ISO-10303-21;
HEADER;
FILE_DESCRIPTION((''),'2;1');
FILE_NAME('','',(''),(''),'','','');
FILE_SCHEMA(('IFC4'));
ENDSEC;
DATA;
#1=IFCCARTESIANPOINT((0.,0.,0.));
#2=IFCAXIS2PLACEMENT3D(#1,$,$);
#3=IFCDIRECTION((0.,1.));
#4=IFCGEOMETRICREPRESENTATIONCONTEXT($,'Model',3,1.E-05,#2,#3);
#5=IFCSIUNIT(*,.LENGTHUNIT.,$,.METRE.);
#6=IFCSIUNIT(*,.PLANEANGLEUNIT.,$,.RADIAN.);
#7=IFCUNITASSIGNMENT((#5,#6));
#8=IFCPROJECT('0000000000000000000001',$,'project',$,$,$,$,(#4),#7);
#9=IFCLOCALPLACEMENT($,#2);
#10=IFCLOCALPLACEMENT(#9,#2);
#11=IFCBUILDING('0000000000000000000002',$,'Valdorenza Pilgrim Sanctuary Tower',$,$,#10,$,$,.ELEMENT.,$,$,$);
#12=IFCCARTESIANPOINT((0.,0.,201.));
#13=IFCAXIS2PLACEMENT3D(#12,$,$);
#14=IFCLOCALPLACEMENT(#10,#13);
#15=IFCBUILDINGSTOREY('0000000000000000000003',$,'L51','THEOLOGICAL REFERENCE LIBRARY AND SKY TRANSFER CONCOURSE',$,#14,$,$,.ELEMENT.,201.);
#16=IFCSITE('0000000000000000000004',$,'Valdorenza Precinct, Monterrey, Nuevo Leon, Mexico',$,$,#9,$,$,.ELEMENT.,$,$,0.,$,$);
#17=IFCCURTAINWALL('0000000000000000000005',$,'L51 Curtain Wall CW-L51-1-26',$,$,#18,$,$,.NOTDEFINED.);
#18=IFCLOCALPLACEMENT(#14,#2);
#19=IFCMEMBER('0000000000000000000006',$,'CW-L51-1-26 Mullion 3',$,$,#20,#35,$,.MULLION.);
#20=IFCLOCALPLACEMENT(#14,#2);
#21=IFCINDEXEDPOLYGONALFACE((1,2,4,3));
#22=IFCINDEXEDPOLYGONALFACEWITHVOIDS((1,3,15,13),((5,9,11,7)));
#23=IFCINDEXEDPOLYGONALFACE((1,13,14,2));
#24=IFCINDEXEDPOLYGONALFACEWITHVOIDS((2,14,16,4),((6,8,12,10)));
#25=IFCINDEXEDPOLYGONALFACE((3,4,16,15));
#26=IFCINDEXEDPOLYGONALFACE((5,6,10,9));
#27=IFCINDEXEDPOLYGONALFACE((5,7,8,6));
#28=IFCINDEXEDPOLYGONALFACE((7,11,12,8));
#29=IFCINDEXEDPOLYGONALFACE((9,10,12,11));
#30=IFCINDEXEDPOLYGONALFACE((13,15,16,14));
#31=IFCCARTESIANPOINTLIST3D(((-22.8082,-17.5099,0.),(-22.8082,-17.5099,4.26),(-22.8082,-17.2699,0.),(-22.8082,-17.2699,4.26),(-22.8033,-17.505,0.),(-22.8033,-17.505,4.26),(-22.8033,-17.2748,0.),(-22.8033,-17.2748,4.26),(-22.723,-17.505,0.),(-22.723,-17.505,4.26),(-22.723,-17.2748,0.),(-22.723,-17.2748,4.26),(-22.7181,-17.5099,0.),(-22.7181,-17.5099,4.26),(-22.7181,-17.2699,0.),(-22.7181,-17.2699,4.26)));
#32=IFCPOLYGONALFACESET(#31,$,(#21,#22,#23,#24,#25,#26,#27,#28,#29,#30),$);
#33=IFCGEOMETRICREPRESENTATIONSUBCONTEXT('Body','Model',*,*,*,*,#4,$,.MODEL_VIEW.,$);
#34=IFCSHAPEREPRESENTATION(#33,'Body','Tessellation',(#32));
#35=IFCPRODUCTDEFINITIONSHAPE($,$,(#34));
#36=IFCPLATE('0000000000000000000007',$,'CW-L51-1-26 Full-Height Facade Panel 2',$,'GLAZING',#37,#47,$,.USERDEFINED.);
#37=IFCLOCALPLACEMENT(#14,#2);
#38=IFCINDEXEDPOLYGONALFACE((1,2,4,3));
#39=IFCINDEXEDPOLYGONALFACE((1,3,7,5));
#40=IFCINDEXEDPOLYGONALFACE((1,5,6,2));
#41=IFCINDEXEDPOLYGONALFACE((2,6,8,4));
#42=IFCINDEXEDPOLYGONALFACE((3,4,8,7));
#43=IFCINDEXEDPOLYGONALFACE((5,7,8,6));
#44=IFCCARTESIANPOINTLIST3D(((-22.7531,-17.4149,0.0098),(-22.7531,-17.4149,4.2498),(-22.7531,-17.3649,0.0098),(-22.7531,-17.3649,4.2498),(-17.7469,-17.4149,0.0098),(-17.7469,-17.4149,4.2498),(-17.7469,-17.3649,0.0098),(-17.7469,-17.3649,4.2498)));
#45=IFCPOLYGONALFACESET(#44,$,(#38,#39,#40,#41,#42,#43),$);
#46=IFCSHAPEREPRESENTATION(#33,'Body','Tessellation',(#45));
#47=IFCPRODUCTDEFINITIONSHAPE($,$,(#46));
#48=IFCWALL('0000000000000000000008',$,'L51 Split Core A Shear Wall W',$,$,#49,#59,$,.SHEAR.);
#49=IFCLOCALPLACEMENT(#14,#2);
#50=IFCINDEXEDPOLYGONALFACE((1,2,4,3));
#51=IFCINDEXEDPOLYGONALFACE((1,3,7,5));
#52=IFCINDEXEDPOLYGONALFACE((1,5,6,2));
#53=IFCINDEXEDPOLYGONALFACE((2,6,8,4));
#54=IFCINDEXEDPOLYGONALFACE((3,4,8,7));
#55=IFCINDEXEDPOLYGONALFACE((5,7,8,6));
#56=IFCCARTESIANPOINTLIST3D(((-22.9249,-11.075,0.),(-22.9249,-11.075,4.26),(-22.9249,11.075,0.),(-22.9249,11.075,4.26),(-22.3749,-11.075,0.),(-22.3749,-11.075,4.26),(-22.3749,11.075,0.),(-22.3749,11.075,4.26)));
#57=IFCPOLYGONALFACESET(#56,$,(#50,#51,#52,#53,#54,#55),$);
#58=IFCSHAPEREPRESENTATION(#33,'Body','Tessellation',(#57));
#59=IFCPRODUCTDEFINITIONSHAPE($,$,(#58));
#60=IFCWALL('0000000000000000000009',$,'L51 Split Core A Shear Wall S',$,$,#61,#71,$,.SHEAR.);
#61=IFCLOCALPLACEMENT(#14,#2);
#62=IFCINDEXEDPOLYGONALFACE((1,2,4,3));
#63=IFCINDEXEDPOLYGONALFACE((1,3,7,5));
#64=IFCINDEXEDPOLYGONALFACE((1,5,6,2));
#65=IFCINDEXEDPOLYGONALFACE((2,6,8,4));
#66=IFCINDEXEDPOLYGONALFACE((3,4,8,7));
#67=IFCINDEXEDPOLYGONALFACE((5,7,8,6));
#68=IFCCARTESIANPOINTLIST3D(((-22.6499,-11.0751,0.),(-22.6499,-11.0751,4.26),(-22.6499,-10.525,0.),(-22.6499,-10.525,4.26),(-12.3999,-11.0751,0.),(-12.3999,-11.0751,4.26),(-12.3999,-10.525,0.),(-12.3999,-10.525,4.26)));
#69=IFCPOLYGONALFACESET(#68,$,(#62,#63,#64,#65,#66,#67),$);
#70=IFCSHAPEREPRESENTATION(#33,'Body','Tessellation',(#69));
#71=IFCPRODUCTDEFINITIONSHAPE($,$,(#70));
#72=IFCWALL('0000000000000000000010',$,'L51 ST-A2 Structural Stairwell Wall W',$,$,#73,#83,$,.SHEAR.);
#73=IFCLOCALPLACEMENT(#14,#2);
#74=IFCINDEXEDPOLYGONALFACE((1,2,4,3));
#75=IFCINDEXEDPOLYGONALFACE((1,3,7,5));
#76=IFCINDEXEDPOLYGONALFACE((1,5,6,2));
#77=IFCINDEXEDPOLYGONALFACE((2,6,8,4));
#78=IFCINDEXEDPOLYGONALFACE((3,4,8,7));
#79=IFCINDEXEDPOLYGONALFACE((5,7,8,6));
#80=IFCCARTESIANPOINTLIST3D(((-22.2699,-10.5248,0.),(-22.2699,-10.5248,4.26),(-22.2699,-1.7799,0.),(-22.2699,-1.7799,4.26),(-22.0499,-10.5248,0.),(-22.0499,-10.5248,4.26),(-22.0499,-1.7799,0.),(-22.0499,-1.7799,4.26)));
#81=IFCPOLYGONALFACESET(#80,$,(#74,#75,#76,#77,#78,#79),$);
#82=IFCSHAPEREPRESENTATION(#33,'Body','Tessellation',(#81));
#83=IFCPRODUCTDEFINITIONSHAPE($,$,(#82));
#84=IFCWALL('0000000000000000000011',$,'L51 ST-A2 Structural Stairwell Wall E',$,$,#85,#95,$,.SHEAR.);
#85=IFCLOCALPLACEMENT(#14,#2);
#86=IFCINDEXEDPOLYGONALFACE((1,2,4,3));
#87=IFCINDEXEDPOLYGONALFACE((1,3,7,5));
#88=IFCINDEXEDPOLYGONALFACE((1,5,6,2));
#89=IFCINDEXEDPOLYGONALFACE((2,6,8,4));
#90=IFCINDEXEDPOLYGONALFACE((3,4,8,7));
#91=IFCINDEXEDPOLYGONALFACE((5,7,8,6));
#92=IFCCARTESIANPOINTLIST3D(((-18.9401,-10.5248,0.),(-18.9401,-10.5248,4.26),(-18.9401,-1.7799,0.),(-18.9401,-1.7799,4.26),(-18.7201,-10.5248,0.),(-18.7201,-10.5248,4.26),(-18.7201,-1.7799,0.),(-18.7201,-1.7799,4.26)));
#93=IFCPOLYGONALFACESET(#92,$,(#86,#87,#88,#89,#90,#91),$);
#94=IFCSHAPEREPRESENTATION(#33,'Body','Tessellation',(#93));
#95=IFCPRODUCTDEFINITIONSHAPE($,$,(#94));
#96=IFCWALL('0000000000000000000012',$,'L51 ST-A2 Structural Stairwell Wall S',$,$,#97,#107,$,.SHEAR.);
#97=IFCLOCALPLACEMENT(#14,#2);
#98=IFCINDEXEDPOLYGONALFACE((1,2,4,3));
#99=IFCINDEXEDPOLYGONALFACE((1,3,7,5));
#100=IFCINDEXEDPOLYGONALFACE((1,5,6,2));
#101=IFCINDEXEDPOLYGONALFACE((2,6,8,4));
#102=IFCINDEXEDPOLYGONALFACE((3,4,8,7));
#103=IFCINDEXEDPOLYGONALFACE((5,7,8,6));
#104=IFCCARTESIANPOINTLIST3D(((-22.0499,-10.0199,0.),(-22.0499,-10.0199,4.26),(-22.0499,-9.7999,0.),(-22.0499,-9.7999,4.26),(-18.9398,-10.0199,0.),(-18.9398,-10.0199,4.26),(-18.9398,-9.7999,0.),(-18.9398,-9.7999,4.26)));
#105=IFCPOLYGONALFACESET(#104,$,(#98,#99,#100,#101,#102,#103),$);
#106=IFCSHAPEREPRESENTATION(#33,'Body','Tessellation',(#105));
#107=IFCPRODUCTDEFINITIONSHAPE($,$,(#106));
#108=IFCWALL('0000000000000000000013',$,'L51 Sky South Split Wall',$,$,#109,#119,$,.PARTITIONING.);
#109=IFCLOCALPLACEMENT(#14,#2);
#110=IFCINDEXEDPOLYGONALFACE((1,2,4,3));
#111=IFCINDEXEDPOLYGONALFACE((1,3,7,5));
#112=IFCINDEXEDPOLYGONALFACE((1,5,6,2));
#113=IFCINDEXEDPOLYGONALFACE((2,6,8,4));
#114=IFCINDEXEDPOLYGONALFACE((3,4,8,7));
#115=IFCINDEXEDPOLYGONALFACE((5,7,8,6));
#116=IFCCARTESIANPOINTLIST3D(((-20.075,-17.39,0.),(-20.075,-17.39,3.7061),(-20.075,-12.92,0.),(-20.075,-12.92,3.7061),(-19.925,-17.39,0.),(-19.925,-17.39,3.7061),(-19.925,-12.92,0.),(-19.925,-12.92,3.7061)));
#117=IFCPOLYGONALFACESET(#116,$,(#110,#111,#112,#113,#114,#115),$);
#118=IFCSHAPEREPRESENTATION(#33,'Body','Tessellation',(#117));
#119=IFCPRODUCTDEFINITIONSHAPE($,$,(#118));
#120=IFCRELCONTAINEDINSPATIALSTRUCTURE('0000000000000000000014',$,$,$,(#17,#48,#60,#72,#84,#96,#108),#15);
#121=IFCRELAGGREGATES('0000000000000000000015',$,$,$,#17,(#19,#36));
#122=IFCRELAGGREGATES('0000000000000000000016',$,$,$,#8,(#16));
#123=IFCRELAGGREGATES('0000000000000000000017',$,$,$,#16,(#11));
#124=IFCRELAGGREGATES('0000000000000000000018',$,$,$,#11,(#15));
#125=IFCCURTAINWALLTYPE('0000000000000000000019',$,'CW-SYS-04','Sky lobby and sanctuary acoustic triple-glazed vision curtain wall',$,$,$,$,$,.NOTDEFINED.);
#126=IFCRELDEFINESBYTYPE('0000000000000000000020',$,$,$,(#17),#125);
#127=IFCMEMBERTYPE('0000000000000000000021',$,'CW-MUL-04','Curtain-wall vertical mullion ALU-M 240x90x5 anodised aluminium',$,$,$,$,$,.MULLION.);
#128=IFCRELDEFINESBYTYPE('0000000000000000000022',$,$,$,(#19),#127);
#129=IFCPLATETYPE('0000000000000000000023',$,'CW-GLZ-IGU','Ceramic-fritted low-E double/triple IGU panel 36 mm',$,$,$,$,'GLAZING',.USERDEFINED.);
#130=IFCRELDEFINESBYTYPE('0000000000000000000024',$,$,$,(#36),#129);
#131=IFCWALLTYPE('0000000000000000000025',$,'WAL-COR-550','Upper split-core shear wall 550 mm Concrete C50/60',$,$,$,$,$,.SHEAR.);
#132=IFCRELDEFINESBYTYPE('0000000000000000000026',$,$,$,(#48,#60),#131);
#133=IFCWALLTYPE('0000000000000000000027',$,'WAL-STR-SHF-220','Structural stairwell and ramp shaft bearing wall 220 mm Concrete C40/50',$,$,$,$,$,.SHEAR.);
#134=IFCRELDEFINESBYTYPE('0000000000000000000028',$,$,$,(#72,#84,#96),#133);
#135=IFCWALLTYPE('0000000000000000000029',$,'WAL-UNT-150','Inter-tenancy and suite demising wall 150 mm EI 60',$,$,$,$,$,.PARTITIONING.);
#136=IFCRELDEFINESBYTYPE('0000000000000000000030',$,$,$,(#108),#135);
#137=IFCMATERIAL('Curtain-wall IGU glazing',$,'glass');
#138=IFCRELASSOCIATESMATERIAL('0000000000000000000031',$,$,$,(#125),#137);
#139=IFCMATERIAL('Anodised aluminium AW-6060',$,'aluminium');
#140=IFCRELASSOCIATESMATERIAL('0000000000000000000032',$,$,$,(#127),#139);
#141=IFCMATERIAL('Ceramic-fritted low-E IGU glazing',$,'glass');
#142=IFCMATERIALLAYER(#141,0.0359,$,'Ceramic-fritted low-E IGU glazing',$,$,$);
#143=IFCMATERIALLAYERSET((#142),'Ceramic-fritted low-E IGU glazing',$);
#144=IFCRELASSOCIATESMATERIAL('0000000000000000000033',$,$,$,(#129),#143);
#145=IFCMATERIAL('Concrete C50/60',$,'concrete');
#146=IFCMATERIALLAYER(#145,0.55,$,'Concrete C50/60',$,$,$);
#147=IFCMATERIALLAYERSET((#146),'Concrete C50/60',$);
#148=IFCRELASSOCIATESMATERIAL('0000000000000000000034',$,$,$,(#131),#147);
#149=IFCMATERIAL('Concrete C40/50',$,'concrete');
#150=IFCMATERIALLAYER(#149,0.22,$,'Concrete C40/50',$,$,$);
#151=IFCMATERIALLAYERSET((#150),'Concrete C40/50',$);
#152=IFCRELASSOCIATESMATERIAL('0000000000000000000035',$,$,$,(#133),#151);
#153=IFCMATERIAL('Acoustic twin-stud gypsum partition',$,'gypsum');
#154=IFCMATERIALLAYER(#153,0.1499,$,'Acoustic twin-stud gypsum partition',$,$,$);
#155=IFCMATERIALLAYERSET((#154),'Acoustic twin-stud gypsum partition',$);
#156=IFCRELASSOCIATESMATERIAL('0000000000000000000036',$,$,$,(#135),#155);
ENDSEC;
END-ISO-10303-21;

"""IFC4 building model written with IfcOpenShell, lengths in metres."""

from ifc_helpers import new_model, si_unit, direction, frame, frame_2d, origin, origin_2d, place, context, subcontext, project, spatial, rectangle, hollow_rectangle, extrude, source, transform, mapped, material, layer, layer_set, material_profile, profile_set, type_object, element, aggregate, save


model = new_model("IFC4")

# Units and contexts
model_context = context("Model", 3, precision=1e-05, world=origin(), true_north=direction((0.0, 1.0)))
body_context = subcontext(model_context, "Body", "Model", "MODEL_VIEW")
ifc_project = project(units=[si_unit("LENGTHUNIT", "METRE"), si_unit("PLANEANGLEUNIT", "RADIAN")], contexts=[model_context])

# Site, building, storey
site_placement = place(None, origin())
site = spatial("IfcSite", under=ifc_project, at=site_placement, Name="Valdorenza Precinct, Monterrey, Nuevo Leon, Mexico", CompositionType="ELEMENT", RefElevation=0.0)
building_placement = place(site_placement, origin())
building = spatial("IfcBuilding", under=site, at=building_placement, Name="Valdorenza Pilgrim Sanctuary Tower", CompositionType="ELEMENT")
storey_placement = place(building_placement, frame((0.0, 0.0, 201.0)))
storey = spatial("IfcBuildingStorey", under=building, at=storey_placement, Name="L51", Description="THEOLOGICAL REFERENCE LIBRARY AND SKY TRANSFER CONCOURSE", CompositionType="ELEMENT", Elevation=201.0)

# Shared definitions
ifc_material_1 = material(Name="Concrete C50/60", Category="concrete")

# Curtain wall, member, plate
ifc_material_2 = material(Name="Curtain-wall IGU glazing", Category="glass")
curtain_wall_type = type_object("IfcCurtainWallType", Name="CW-SYS-04", Description="Sky lobby and sanctuary acoustic triple-glazed vision curtain wall", PredefinedType="NOTDEFINED", material=ifc_material_2)
curtain_wall_placement = place(storey_placement, origin())
curtain_wall = element("IfcCurtainWall", 1, at=curtain_wall_placement, inside=storey, type_object=curtain_wall_type, Name="L51 Curtain Wall CW-L51-1-26", PredefinedType="NOTDEFINED")
ifc_material_3 = material(Name="Anodised aluminium AW-6060", Category="aluminium")
ifc_material_profile_1 = material_profile(ifc_material_3, hollow_rectangle(XDim=0.0901, YDim=0.24, WallThickness=0.0049, at=origin_2d()), Name="ALU-M 240x90x5")
ifc_profile_set_1 = profile_set([ifc_material_profile_1], Name="Anodised aluminium AW-6060")
member_type = type_object("IfcMemberType", Name="CW-MUL-04", Description="Curtain-wall vertical mullion ALU-M 240x90x5 anodised aluminium", PredefinedType="MULLION", material=ifc_profile_set_1)
shared_shape_1 = source(origin(), body_context, "Body", "SweptSolid", [
    extrude(hollow_rectangle(XDim=0.0901, YDim=0.24, WallThickness=0.0049, at=origin_2d()), origin(), (0.0, 0.0, 1.0), 4.26),
])
member_placement = place(storey_placement, frame((-22.7632, -17.3899, 0.0), z_axis=(0.0, 0.0, 1.0), x_axis=(-1.0, 0.0, 0.0)))
member = element("IfcMember", 2, at=member_placement, type_object=member_type, Name="CW-L51-1-26 Mullion 3", PredefinedType="MULLION", context=body_context, shape_type="MappedRepresentation", body=[
    mapped(shared_shape_1, transform((0.0, 0.0, 0.0), x_axis=(1.0, 0.0, 0.0), y_axis=(0.0, 1.0, 0.0), z_axis=(0.0, 0.0, 1.0), scale=1.0)),
])
ifc_material_4 = material(Name="Ceramic-fritted low-E IGU glazing", Category="glass")
ifc_layer_1 = layer(ifc_material_4, 0.0359, Name="Ceramic-fritted low-E IGU glazing")
ifc_layer_set_1 = layer_set([ifc_layer_1], Name="Ceramic-fritted low-E IGU glazing")
plate_type = type_object("IfcPlateType", Name="CW-GLZ-IGU", Description="Ceramic-fritted low-E double/triple IGU panel 36 mm", ElementType="GLAZING", PredefinedType="USERDEFINED", material=ifc_layer_set_1)
shared_shape_2 = source(origin(), body_context, "Body", "SweptSolid", [
    extrude(rectangle(XDim=5.0061, YDim=0.05, at=origin_2d()), origin(), (0.0, 0.0, 1.0), 4.24),
])
plate_placement = place(storey_placement, frame((-20.25, -17.3899, 0.0098), z_axis=(0.0, 0.0, 1.0), x_axis=(-1.0, 0.0, 0.0)))
plate = element("IfcPlate", 3, at=plate_placement, type_object=plate_type, Name="CW-L51-1-26 Full-Height Facade Panel 2", ObjectType="GLAZING", PredefinedType="USERDEFINED", context=body_context, shape_type="MappedRepresentation", body=[
    mapped(shared_shape_2, transform((0.0, 0.0, 0.0), x_axis=(1.0, 0.0, 0.0), y_axis=(0.0, 1.0, 0.0), z_axis=(0.0, 0.0, 1.0), scale=1.0)),
])
aggregate(curtain_wall, [member, plate])

# Walls
ifc_layer_2 = layer(ifc_material_1, 0.55, Name="Concrete C50/60")
ifc_layer_set_2 = layer_set([ifc_layer_2], Name="Concrete C50/60")
wall_type_1 = type_object("IfcWallType", Name="WAL-COR-550", Description="Upper split-core shear wall 550 mm Concrete C50/60", PredefinedType="SHEAR", material=ifc_layer_set_2)
wall_1_placement = place(storey_placement, frame((-22.6499, -11.075, 0.0), z_axis=(0.0, 0.0, 1.0), x_axis=(0.0, 1.0, 0.0)))
element("IfcWall", 4, at=wall_1_placement, inside=storey, type_object=wall_type_1, Name="L51 Split Core A Shear Wall W", PredefinedType="SHEAR", context=body_context, shape_type="SweptSolid", body=[
    extrude(rectangle(XDim=22.1499, YDim=0.55, at=frame_2d((11.075, 0.0))), origin(), (0.0, 0.0, 1.0), 4.26),
])
wall_2_placement = place(storey_placement, frame((-22.6499, -10.8, 0.0), z_axis=(0.0, 0.0, 1.0), x_axis=(1.0, 0.0, 0.0)))
element("IfcWall", 5, at=wall_2_placement, inside=storey, type_object=wall_type_1, Name="L51 Split Core A Shear Wall S", PredefinedType="SHEAR", context=body_context, shape_type="SweptSolid", body=[
    extrude(rectangle(XDim=10.25, YDim=0.55, at=frame_2d((5.125, 0.0))), origin(), (0.0, 0.0, 1.0), 4.26),
])
ifc_material_5 = material(Name="Concrete C40/50", Category="concrete")
ifc_layer_3 = layer(ifc_material_5, 0.22, Name="Concrete C40/50")
ifc_layer_set_3 = layer_set([ifc_layer_3], Name="Concrete C40/50")
wall_type_2 = type_object("IfcWallType", Name="WAL-STR-SHF-220", Description="Structural stairwell and ramp shaft bearing wall 220 mm Concrete C40/50", PredefinedType="SHEAR", material=ifc_layer_set_3)
for number, where, z_axis, x_axis, name in (
    (6, (-22.1599, -10.5249, 0.0), (0.0, 0.0, 1.0), (0.0, 1.0, 0.0), "L51 ST-A2 Structural Stairwell Wall W"),
    (7, (-18.8301, -10.5249, 0.0), (0.0, 0.0, 1.0), (0.0, 1.0, 0.0), "L51 ST-A2 Structural Stairwell Wall E"),
):
    element("IfcWall", number, at=place(storey_placement, frame(where, z_axis=z_axis, x_axis=x_axis)), inside=storey, type_object=wall_type_2, Name=name, PredefinedType="SHEAR", context=body_context, shape_type="SweptSolid", body=[
        extrude(rectangle(XDim=8.7449, YDim=0.22, at=frame_2d((4.3726, 0.0))), origin(), (0.0, 0.0, 1.0), 4.26),
    ])
wall_3_placement = place(storey_placement, frame((-22.05, -9.9099, 0.0), z_axis=(0.0, 0.0, 1.0), x_axis=(1.0, 0.0, 0.0)))
element("IfcWall", 8, at=wall_3_placement, inside=storey, type_object=wall_type_2, Name="L51 ST-A2 Structural Stairwell Wall S", PredefinedType="SHEAR", context=body_context, shape_type="SweptSolid", body=[
    extrude(rectangle(XDim=3.1101, YDim=0.22, at=frame_2d((1.5552, 0.0))), origin(), (0.0, 0.0, 1.0), 4.26),
])
ifc_material_6 = material(Name="Acoustic twin-stud gypsum partition", Category="gypsum")
ifc_layer_4 = layer(ifc_material_6, 0.1499, Name="Acoustic twin-stud gypsum partition")
ifc_layer_set_4 = layer_set([ifc_layer_4], Name="Acoustic twin-stud gypsum partition")
wall_type_3 = type_object("IfcWallType", Name="WAL-UNT-150", Description="Inter-tenancy and suite demising wall 150 mm EI 60", PredefinedType="PARTITIONING", material=ifc_layer_set_4)
wall_4_placement = place(storey_placement, frame((-20.0, -17.3899, 0.0), z_axis=(0.0, 0.0, 1.0), x_axis=(0.0, 1.0, 0.0)))
element("IfcWall", 9, at=wall_4_placement, inside=storey, type_object=wall_type_3, Name="L51 Sky South Split Wall", PredefinedType="PARTITIONING", context=body_context, shape_type="SweptSolid", body=[
    extrude(rectangle(XDim=4.47, YDim=0.1499, at=frame_2d((2.2349, 0.0))), origin(), (0.0, 0.0, 1.0), 3.7061),
])

save(model, "model.ifc")
